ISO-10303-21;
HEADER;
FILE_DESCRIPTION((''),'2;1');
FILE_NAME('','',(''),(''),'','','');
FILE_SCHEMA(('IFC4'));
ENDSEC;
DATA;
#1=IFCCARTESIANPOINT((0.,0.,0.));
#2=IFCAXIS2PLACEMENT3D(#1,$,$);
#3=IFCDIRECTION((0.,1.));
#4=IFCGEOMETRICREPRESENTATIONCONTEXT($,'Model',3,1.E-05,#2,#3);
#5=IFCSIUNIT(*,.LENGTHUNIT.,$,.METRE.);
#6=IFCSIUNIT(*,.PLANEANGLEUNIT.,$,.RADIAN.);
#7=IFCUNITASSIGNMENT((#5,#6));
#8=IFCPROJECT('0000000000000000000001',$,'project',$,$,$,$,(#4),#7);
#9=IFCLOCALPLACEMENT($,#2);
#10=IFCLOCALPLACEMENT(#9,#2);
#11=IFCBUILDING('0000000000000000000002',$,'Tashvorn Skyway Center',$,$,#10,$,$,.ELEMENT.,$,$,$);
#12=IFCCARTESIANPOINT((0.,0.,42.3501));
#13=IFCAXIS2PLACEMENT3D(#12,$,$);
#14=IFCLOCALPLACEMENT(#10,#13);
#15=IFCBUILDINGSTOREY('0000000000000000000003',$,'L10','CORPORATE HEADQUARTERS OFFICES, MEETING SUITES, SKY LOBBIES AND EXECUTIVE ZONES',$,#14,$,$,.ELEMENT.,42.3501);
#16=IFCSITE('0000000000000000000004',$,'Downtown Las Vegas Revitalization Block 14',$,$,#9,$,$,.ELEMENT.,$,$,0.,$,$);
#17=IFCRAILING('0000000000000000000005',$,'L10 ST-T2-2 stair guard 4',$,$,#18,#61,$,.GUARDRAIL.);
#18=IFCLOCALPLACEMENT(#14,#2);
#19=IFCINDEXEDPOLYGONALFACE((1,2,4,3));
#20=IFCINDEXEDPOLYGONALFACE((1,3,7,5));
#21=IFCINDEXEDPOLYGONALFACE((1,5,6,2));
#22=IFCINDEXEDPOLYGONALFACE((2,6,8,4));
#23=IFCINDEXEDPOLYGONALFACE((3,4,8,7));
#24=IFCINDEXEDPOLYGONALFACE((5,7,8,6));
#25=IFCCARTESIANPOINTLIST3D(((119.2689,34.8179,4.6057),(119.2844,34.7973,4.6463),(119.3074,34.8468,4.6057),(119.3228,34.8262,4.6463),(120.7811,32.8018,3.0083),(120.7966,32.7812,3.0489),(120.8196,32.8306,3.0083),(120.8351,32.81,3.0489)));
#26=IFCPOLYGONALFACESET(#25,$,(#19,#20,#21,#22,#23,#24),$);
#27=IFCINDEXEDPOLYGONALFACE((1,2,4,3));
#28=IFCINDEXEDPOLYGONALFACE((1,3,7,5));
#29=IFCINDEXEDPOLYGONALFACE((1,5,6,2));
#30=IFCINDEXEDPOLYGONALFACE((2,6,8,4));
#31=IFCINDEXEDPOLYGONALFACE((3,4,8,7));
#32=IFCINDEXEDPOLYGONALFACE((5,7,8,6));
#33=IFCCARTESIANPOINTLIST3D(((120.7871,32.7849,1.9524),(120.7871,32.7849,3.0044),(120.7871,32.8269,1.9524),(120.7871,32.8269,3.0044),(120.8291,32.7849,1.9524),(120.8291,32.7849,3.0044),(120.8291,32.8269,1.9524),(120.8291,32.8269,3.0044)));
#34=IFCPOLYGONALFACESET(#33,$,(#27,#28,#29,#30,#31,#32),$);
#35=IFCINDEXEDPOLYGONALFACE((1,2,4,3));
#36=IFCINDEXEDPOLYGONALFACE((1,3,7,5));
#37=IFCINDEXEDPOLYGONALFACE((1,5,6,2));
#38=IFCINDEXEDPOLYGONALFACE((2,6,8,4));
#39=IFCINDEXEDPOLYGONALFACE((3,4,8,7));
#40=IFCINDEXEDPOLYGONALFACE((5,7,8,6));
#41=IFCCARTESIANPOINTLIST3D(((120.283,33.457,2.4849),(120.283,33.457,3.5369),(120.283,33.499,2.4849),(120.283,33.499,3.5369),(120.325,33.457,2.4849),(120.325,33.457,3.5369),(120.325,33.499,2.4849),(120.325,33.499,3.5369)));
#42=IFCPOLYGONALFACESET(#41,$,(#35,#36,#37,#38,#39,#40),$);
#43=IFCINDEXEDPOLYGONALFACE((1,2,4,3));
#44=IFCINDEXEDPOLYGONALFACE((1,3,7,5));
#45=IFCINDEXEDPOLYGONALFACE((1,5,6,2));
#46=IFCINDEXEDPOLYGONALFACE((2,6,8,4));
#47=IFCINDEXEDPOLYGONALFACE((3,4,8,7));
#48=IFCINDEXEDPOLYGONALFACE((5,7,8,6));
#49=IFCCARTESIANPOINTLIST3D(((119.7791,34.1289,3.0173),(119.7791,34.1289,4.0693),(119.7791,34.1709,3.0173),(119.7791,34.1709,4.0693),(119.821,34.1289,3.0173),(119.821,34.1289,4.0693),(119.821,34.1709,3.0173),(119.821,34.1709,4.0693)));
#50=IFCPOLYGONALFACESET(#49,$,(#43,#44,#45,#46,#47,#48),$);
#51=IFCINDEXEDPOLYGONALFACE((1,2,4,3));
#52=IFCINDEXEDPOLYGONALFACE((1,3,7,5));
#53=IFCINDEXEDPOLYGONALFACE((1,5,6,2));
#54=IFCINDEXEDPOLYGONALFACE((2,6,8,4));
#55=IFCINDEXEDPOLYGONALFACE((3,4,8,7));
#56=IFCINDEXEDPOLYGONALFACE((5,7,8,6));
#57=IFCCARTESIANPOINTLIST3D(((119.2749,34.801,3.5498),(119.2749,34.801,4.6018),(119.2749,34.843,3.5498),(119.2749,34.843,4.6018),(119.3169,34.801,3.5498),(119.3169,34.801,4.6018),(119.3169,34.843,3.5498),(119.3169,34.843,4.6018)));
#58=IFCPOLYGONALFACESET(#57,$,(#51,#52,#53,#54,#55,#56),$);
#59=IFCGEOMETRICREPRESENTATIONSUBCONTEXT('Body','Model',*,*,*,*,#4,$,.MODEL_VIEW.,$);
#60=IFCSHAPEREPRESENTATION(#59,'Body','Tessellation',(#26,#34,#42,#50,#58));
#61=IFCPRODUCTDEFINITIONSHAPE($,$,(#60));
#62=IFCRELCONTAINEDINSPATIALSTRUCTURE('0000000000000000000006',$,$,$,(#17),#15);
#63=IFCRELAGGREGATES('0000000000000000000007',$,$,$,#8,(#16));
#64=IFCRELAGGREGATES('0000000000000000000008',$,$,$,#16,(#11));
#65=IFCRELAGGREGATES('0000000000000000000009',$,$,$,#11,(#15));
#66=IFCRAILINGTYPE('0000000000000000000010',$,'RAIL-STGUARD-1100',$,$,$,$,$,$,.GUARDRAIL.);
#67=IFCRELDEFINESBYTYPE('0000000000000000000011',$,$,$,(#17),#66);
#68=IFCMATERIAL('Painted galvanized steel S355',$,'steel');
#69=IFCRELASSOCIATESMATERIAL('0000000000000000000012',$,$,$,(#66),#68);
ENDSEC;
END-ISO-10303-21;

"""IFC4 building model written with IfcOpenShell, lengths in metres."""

from ifc_helpers import new_model, si_unit, direction, frame, origin, origin_2d, place, context, subcontext, project, spatial, rectangle, extrude, material, type_object, element, save


model = new_model("IFC4")

# Units and contexts
model_context = context("Model", 3, precision=1e-05, world=origin(), true_north=direction((0.0, 1.0)))
body_context = subcontext(model_context, "Body", "Model", "MODEL_VIEW")
ifc_project = project(units=[si_unit("LENGTHUNIT", "METRE"), si_unit("PLANEANGLEUNIT", "RADIAN")], contexts=[model_context])

# Site, building, storey
site_placement = place(None, origin())
site = spatial("IfcSite", under=ifc_project, at=site_placement, Name="Downtown Las Vegas Revitalization Block 14", CompositionType="ELEMENT", RefElevation=0.0)
building_placement = place(site_placement, origin())
building = spatial("IfcBuilding", under=site, at=building_placement, Name="Tashvorn Skyway Center", CompositionType="ELEMENT")
storey_placement = place(building_placement, frame((0.0, 0.0, 42.3501)))
storey = spatial("IfcBuildingStorey", under=building, at=storey_placement, Name="L10", Description="CORPORATE HEADQUARTERS OFFICES, MEETING SUITES, SKY LOBBIES AND EXECUTIVE ZONES", CompositionType="ELEMENT", Elevation=42.3501)

# Railing
ifc_material_1 = material(Name="Painted galvanized steel S355", Category="steel")
railing_type = type_object("IfcRailingType", Name="RAIL-STGUARD-1100", PredefinedType="GUARDRAIL", material=ifc_material_1)
railing_1_placement = place(storey_placement, frame((120.8081, 32.8059, 1.9524)))
element("IfcRailing", 1, at=railing_1_placement, inside=storey, type_object=railing_type, Name="L10 ST-T2-2 stair guard 4", PredefinedType="GUARDRAIL", context=body_context, shape_type="SweptSolid", body=[
    extrude(rectangle(XDim=0.0481, YDim=0.0481, at=origin_2d()), frame((0.0, 0.0, 1.0762), z_axis=(-0.506802, 0.675681, 0.535357), x_axis=(-0.799977, -0.600031, 0.0)), (0.0, 0.0, 1.0), 2.9839),
    extrude(rectangle(XDim=0.042, YDim=0.042, at=origin_2d()), origin(), (0.0, 0.0, 1.0), 1.052),
    extrude(rectangle(XDim=0.042, YDim=0.042, at=origin_2d()), frame((-0.5042, 0.6721, 0.5325)), (0.0, 0.0, 1.0), 1.052),
    extrude(rectangle(XDim=0.042, YDim=0.042, at=origin_2d()), frame((-1.0081, 1.344, 1.0649)), (0.0, 0.0, 1.0), 1.052),
    extrude(rectangle(XDim=0.042, YDim=0.042, at=origin_2d()), frame((-1.5122, 2.0161, 1.5974)), (0.0, 0.0, 1.0), 1.052),
])

save(model, "model.ifc")
